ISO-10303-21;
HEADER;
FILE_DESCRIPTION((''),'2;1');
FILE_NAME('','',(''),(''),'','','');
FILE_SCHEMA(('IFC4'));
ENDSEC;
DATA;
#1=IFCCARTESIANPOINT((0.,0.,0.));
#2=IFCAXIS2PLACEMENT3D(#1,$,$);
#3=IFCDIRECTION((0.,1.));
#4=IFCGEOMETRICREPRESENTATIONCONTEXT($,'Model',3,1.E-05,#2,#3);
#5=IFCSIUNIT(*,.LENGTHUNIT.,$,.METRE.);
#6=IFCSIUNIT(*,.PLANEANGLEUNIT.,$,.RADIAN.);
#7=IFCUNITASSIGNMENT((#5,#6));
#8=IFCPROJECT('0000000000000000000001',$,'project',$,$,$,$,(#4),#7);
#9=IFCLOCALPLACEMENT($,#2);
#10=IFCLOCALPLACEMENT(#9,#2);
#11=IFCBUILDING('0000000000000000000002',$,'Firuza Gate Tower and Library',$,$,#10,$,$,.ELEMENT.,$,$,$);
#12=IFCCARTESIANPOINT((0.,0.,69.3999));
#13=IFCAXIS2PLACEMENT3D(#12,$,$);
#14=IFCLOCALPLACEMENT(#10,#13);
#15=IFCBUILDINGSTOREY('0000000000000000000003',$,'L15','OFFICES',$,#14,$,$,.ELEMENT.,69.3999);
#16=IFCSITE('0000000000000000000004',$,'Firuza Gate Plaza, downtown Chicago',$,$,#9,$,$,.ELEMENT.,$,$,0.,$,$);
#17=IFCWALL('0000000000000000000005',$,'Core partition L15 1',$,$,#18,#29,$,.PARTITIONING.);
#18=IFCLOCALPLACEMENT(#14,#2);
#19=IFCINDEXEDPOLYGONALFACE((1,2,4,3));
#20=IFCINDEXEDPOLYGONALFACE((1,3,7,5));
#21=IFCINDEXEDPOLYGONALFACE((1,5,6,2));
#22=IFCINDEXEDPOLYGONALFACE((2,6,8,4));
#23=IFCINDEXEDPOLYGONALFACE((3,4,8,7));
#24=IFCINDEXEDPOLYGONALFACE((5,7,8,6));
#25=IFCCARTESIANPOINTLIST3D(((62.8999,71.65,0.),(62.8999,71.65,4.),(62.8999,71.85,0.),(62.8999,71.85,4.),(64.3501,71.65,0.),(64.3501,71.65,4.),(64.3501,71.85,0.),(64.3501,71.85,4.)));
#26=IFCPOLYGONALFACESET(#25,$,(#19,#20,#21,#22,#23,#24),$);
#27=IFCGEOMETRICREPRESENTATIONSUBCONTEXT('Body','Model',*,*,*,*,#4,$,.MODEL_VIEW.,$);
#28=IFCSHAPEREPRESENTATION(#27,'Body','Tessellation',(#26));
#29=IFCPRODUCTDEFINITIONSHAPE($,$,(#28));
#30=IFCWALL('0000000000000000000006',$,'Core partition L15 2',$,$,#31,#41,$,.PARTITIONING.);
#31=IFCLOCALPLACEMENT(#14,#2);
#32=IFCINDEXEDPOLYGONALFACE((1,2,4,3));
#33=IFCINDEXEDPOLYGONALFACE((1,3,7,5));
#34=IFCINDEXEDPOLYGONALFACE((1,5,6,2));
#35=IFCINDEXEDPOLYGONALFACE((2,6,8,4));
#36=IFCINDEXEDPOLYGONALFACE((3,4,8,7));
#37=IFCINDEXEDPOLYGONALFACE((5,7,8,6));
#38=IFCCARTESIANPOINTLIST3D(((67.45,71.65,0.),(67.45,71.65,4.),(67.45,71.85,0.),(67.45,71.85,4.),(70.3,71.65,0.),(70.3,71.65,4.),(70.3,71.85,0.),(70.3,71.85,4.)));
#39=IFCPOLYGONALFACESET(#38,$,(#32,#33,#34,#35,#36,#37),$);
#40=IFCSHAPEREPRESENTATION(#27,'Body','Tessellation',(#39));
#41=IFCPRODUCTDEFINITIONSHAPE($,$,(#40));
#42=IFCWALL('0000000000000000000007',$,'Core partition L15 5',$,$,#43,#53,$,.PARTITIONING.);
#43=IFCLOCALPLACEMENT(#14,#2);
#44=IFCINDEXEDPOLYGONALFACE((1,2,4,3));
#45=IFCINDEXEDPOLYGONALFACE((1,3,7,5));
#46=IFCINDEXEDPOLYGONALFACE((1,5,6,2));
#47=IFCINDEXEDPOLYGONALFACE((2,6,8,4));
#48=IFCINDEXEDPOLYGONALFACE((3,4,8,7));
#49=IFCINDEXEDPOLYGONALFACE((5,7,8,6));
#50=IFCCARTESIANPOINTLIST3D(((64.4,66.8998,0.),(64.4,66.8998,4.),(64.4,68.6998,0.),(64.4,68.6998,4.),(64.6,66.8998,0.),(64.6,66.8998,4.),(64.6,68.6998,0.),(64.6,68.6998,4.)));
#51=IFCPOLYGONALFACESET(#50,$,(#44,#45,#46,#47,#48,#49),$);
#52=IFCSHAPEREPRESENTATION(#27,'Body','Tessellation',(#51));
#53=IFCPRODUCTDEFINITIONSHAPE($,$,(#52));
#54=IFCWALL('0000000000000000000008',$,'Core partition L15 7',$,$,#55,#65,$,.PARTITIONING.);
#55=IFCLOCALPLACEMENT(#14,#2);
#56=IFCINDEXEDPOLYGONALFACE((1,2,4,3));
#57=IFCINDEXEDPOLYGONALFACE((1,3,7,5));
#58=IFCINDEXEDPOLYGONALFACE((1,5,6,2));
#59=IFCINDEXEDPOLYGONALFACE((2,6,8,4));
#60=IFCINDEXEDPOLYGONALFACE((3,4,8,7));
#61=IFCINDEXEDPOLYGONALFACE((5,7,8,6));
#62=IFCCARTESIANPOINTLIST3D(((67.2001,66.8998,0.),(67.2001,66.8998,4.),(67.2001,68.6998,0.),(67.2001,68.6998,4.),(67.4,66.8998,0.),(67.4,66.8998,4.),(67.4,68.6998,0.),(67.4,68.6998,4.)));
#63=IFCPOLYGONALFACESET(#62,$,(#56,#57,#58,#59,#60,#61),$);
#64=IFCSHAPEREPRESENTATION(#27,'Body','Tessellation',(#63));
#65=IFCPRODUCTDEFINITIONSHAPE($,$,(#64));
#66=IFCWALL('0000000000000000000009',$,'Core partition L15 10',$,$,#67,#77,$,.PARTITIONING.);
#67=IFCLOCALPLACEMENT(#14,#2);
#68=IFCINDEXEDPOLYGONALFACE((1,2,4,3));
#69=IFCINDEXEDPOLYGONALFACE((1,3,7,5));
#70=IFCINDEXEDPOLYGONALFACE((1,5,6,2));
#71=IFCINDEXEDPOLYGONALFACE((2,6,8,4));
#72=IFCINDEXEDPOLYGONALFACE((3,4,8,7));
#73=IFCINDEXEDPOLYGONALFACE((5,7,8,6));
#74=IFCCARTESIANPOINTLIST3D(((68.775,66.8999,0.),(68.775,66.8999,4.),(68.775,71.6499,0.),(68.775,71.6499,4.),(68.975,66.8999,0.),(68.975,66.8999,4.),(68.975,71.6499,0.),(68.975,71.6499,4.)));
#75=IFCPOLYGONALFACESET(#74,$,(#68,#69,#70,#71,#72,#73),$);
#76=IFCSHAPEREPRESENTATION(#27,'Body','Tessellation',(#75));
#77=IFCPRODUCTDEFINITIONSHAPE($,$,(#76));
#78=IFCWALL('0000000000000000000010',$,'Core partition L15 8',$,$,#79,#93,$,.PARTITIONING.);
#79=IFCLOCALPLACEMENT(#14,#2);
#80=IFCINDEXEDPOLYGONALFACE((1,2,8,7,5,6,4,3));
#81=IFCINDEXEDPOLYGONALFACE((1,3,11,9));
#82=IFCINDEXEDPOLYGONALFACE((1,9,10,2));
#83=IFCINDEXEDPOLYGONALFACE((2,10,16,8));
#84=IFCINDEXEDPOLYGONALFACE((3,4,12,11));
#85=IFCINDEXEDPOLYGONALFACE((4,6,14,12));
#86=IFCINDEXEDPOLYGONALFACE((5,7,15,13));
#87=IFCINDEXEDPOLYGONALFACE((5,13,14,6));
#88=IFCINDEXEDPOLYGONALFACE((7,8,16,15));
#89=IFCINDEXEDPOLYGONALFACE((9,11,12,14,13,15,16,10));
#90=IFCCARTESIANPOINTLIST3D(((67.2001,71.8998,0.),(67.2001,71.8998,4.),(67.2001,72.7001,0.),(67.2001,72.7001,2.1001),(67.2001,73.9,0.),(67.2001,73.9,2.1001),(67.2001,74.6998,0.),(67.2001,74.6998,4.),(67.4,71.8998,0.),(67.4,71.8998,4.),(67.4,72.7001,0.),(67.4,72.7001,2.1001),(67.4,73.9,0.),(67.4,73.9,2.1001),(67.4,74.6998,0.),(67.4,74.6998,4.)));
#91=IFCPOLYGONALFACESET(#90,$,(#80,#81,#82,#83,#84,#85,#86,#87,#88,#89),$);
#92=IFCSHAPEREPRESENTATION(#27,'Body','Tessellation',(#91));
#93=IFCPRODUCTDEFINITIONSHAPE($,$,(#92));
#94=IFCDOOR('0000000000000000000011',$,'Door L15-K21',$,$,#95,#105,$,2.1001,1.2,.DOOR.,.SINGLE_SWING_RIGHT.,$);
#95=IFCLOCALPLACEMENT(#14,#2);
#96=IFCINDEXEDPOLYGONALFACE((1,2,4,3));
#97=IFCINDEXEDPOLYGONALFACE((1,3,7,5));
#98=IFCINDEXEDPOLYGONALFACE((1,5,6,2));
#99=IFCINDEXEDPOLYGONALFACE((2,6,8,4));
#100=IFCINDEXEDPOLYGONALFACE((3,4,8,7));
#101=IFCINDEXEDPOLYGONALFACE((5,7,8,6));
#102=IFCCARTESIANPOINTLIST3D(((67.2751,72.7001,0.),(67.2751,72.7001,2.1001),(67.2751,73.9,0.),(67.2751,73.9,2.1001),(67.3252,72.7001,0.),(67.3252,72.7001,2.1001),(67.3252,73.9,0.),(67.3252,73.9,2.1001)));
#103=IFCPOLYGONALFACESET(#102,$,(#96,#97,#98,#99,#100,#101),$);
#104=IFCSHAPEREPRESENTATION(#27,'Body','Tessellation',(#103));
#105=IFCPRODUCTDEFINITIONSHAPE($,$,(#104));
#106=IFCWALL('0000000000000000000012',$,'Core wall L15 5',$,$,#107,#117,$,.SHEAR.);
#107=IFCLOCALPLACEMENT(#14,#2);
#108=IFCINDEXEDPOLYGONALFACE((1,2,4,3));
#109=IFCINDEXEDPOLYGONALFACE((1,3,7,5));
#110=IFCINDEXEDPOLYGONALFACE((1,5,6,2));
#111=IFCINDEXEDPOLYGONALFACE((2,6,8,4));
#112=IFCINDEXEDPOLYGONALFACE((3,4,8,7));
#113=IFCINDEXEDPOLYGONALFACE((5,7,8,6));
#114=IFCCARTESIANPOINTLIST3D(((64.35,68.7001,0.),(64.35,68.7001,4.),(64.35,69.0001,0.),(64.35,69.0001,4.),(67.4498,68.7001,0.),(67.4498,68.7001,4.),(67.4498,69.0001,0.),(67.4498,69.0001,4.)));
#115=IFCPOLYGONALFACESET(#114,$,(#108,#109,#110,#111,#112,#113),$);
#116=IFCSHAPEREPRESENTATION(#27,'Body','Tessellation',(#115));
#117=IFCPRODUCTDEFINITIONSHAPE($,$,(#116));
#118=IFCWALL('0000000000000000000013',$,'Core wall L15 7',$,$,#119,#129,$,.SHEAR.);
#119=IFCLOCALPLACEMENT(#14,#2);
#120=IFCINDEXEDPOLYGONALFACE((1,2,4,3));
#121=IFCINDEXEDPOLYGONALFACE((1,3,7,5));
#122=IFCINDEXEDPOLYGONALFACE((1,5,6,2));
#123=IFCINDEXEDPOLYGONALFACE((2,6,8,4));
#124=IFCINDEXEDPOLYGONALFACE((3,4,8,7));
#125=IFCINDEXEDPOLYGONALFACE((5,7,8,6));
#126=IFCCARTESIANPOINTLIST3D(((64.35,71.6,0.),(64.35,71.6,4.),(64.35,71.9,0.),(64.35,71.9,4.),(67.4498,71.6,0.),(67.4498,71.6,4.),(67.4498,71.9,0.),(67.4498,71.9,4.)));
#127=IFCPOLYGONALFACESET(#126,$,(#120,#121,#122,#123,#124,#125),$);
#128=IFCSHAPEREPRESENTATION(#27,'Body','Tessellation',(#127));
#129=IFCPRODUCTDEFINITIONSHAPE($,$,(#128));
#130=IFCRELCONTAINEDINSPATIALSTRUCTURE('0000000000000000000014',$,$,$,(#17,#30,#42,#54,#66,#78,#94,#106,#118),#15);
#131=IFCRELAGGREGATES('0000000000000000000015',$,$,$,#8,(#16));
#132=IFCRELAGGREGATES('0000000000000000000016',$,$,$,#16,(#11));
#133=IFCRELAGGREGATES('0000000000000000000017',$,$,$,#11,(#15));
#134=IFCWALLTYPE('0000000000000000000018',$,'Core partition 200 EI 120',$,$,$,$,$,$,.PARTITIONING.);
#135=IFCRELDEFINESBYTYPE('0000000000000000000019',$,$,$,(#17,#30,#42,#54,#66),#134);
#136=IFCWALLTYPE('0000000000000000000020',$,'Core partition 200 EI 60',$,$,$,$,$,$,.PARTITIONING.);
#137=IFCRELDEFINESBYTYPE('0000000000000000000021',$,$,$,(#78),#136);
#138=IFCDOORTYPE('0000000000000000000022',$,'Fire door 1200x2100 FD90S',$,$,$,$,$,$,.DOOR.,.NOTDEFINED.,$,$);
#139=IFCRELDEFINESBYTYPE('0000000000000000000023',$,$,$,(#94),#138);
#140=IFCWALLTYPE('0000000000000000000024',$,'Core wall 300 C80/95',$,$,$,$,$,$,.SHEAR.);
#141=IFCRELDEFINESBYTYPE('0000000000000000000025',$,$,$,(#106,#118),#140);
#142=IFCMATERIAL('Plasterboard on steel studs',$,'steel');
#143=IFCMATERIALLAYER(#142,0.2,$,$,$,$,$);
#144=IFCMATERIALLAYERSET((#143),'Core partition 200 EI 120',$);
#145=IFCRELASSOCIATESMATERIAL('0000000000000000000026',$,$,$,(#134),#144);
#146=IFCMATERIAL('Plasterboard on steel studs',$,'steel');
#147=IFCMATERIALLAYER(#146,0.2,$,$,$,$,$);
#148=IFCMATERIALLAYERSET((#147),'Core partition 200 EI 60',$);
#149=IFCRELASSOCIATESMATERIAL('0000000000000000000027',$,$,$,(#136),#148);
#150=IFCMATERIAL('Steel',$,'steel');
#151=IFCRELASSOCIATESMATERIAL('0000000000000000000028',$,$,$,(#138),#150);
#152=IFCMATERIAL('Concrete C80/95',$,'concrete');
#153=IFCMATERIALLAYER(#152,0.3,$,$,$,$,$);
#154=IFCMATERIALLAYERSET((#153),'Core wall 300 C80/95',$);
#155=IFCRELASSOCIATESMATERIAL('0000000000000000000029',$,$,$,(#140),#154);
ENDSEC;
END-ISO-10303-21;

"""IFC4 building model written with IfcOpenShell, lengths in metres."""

from ifc_helpers import new_model, si_unit, direction, frame, frame_2d, origin, place, context, subcontext, project, spatial, rectangle, extrude, material, layer, layer_set, type_object, element, fill, save


model = new_model("IFC4")

# Units and contexts
model_context = context("Model", 3, precision=1e-05, world=origin(), true_north=direction((0.0, 1.0)))
body_context = subcontext(model_context, "Body", "Model", "MODEL_VIEW")
ifc_project = project(units=[si_unit("LENGTHUNIT", "METRE"), si_unit("PLANEANGLEUNIT", "RADIAN")], contexts=[model_context])

# Site, building, storey
site_placement = place(None, origin())
site = spatial("IfcSite", under=ifc_project, at=site_placement, Name="Firuza Gate Plaza, downtown Chicago", CompositionType="ELEMENT", RefElevation=0.0)
building_placement = place(site_placement, origin())
building = spatial("IfcBuilding", under=site, at=building_placement, Name="Firuza Gate Tower and Library", CompositionType="ELEMENT")
storey_placement = place(building_placement, frame((0.0, 0.0, 69.3999)))
storey = spatial("IfcBuildingStorey", under=building, at=storey_placement, Name="L15", Description="OFFICES", CompositionType="ELEMENT", Elevation=69.3999)

# Walls
ifc_material_1 = material(Name="Plasterboard on steel studs", Category="steel")
ifc_layer_1 = layer(ifc_material_1, 0.2)
ifc_layer_set_1 = layer_set([ifc_layer_1], Name="Core partition 200 EI 120")
wall_type_1 = type_object("IfcWallType", Name="Core partition 200 EI 120", PredefinedType="PARTITIONING", material=ifc_layer_set_1)
wall_1_placement = place(storey_placement, frame((62.8999, 71.75, 0.0), z_axis=(0.0, 0.0, 1.0), x_axis=(1.0, 0.0, 0.0)))
element("IfcWall", 1, at=wall_1_placement, inside=storey, type_object=wall_type_1, Name="Core partition L15 1", PredefinedType="PARTITIONING", context=body_context, shape_type="SweptSolid", body=[
    extrude(rectangle(XDim=1.4502, YDim=0.2, at=frame_2d((0.7251, 0.0))), origin(), (0.0, 0.0, 1.0), 4.0),
])
wall_2_placement = place(storey_placement, frame((67.45, 71.75, 0.0), z_axis=(0.0, 0.0, 1.0), x_axis=(1.0, 0.0, 0.0)))
element("IfcWall", 2, at=wall_2_placement, inside=storey, type_object=wall_type_1, Name="Core partition L15 2", PredefinedType="PARTITIONING", context=body_context, shape_type="SweptSolid", body=[
    extrude(rectangle(XDim=2.8501, YDim=0.2, at=frame_2d((1.425, 0.0))), origin(), (0.0, 0.0, 1.0), 4.0),
])
for number, where, z_axis, x_axis, name in (
    (3, (64.5, 66.8999, 0.0), (0.0, 0.0, 1.0), (0.0, 1.0, 0.0), "Core partition L15 5"),
    (4, (67.3, 66.8999, 0.0), (0.0, 0.0, 1.0), (0.0, 1.0, 0.0), "Core partition L15 7"),
):
    element("IfcWall", number, at=place(storey_placement, frame(where, z_axis=z_axis, x_axis=x_axis)), inside=storey, type_object=wall_type_1, Name=name, PredefinedType="PARTITIONING", context=body_context, shape_type="SweptSolid", body=[
        extrude(rectangle(XDim=1.8, YDim=0.2, at=frame_2d((0.8999, 0.0))), origin(), (0.0, 0.0, 1.0), 4.0),
    ])
wall_3_placement = place(storey_placement, frame((68.875, 66.8999, 0.0), z_axis=(0.0, 0.0, 1.0), x_axis=(0.0, 1.0, 0.0)))
element("IfcWall", 5, at=wall_3_placement, inside=storey, type_object=wall_type_1, Name="Core partition L15 10", PredefinedType="PARTITIONING", context=body_context, shape_type="SweptSolid", body=[
    extrude(rectangle(XDim=4.75, YDim=0.2, at=frame_2d((2.375, 0.0))), origin(), (0.0, 0.0, 1.0), 4.0),
])

# Wall, opening, door
ifc_material_2 = material(Name="Plasterboard on steel studs", Category="steel")
ifc_layer_2 = layer(ifc_material_2, 0.2)
ifc_layer_set_2 = layer_set([ifc_layer_2], Name="Core partition 200 EI 60")
wall_type_2 = type_object("IfcWallType", Name="Core partition 200 EI 60", PredefinedType="PARTITIONING", material=ifc_layer_set_2)
wall_4_placement = place(storey_placement, frame((67.3, 71.8999, 0.0), z_axis=(0.0, 0.0, 1.0), x_axis=(0.0, 1.0, 0.0)))
wall_4 = element("IfcWall", 6, at=wall_4_placement, inside=storey, type_object=wall_type_2, Name="Core partition L15 8", PredefinedType="PARTITIONING", context=body_context, shape_type="SweptSolid", body=[
    extrude(rectangle(XDim=2.8, YDim=0.2, at=frame_2d((1.3999, 0.0))), origin(), (0.0, 0.0, 1.0), 4.0),
])
opening_1_placement = place(wall_4_placement, frame((0.8, 0.0, 0.0)))
opening_1 = element("IfcOpeningElement", 7, at=opening_1_placement, cuts=wall_4, PredefinedType="OPENING", context=body_context, shape_type="SweptSolid", body=[
    extrude(rectangle(XDim=1.2, YDim=2.1001, at=frame_2d((0.6001, 1.05))), frame((0.0, 0.1099, 0.0), z_axis=(0.0, -1.0, 0.0), x_axis=(1.0, 0.0, 0.0)), (0.0, 0.0, 1.0), 0.22),
])
ifc_material_3 = material(Name="Steel", Category="steel")
door_type_1 = type_object("IfcDoorType", Name="Fire door 1200x2100 FD90S", OperationType="NOTDEFINED", PredefinedType="DOOR", material=ifc_material_3)
door_1_placement = place(opening_1_placement, origin())
door_1 = element("IfcDoor", 8, at=door_1_placement, inside=storey, type_object=door_type_1, Name="Door L15-K21", OperationType="SINGLE_SWING_RIGHT", OverallHeight=2.1001, OverallWidth=1.2, PredefinedType="DOOR", context=body_context, shape_type="SweptSolid", body=[
    extrude(rectangle(XDim=1.2, YDim=2.1001, at=frame_2d((0.6001, 1.05))), frame((0.0, 0.0249, 0.0), z_axis=(0.0, -1.0, 0.0), x_axis=(1.0, 0.0, 0.0)), (0.0, 0.0, 1.0), 0.05),
])
fill(opening_1, door_1)

# Walls
ifc_material_4 = material(Name="Concrete C80/95", Category="concrete")
ifc_layer_3 = layer(ifc_material_4, 0.3)
ifc_layer_set_3 = layer_set([ifc_layer_3], Name="Core wall 300 C80/95")
wall_type_3 = type_object("IfcWallType", Name="Core wall 300 C80/95", PredefinedType="SHEAR", material=ifc_layer_set_3)
for number, where, z_axis, x_axis, name in (
    (9, (64.3501, 68.8501, 0.0), (0.0, 0.0, 1.0), (1.0, 0.0, 0.0), "Core wall L15 5"),
    (10, (64.3501, 71.75, 0.0), (0.0, 0.0, 1.0), (1.0, 0.0, 0.0), "Core wall L15 7"),
):
    element("IfcWall", number, at=place(storey_placement, frame(where, z_axis=z_axis, x_axis=x_axis)), inside=storey, type_object=wall_type_3, Name=name, PredefinedType="SHEAR", context=body_context, shape_type="SweptSolid", body=[
        extrude(rectangle(XDim=3.0999, YDim=0.3, at=frame_2d((1.5498, 0.0))), origin(), (0.0, 0.0, 1.0), 4.0),
    ])

save(model, "model.ifc")
